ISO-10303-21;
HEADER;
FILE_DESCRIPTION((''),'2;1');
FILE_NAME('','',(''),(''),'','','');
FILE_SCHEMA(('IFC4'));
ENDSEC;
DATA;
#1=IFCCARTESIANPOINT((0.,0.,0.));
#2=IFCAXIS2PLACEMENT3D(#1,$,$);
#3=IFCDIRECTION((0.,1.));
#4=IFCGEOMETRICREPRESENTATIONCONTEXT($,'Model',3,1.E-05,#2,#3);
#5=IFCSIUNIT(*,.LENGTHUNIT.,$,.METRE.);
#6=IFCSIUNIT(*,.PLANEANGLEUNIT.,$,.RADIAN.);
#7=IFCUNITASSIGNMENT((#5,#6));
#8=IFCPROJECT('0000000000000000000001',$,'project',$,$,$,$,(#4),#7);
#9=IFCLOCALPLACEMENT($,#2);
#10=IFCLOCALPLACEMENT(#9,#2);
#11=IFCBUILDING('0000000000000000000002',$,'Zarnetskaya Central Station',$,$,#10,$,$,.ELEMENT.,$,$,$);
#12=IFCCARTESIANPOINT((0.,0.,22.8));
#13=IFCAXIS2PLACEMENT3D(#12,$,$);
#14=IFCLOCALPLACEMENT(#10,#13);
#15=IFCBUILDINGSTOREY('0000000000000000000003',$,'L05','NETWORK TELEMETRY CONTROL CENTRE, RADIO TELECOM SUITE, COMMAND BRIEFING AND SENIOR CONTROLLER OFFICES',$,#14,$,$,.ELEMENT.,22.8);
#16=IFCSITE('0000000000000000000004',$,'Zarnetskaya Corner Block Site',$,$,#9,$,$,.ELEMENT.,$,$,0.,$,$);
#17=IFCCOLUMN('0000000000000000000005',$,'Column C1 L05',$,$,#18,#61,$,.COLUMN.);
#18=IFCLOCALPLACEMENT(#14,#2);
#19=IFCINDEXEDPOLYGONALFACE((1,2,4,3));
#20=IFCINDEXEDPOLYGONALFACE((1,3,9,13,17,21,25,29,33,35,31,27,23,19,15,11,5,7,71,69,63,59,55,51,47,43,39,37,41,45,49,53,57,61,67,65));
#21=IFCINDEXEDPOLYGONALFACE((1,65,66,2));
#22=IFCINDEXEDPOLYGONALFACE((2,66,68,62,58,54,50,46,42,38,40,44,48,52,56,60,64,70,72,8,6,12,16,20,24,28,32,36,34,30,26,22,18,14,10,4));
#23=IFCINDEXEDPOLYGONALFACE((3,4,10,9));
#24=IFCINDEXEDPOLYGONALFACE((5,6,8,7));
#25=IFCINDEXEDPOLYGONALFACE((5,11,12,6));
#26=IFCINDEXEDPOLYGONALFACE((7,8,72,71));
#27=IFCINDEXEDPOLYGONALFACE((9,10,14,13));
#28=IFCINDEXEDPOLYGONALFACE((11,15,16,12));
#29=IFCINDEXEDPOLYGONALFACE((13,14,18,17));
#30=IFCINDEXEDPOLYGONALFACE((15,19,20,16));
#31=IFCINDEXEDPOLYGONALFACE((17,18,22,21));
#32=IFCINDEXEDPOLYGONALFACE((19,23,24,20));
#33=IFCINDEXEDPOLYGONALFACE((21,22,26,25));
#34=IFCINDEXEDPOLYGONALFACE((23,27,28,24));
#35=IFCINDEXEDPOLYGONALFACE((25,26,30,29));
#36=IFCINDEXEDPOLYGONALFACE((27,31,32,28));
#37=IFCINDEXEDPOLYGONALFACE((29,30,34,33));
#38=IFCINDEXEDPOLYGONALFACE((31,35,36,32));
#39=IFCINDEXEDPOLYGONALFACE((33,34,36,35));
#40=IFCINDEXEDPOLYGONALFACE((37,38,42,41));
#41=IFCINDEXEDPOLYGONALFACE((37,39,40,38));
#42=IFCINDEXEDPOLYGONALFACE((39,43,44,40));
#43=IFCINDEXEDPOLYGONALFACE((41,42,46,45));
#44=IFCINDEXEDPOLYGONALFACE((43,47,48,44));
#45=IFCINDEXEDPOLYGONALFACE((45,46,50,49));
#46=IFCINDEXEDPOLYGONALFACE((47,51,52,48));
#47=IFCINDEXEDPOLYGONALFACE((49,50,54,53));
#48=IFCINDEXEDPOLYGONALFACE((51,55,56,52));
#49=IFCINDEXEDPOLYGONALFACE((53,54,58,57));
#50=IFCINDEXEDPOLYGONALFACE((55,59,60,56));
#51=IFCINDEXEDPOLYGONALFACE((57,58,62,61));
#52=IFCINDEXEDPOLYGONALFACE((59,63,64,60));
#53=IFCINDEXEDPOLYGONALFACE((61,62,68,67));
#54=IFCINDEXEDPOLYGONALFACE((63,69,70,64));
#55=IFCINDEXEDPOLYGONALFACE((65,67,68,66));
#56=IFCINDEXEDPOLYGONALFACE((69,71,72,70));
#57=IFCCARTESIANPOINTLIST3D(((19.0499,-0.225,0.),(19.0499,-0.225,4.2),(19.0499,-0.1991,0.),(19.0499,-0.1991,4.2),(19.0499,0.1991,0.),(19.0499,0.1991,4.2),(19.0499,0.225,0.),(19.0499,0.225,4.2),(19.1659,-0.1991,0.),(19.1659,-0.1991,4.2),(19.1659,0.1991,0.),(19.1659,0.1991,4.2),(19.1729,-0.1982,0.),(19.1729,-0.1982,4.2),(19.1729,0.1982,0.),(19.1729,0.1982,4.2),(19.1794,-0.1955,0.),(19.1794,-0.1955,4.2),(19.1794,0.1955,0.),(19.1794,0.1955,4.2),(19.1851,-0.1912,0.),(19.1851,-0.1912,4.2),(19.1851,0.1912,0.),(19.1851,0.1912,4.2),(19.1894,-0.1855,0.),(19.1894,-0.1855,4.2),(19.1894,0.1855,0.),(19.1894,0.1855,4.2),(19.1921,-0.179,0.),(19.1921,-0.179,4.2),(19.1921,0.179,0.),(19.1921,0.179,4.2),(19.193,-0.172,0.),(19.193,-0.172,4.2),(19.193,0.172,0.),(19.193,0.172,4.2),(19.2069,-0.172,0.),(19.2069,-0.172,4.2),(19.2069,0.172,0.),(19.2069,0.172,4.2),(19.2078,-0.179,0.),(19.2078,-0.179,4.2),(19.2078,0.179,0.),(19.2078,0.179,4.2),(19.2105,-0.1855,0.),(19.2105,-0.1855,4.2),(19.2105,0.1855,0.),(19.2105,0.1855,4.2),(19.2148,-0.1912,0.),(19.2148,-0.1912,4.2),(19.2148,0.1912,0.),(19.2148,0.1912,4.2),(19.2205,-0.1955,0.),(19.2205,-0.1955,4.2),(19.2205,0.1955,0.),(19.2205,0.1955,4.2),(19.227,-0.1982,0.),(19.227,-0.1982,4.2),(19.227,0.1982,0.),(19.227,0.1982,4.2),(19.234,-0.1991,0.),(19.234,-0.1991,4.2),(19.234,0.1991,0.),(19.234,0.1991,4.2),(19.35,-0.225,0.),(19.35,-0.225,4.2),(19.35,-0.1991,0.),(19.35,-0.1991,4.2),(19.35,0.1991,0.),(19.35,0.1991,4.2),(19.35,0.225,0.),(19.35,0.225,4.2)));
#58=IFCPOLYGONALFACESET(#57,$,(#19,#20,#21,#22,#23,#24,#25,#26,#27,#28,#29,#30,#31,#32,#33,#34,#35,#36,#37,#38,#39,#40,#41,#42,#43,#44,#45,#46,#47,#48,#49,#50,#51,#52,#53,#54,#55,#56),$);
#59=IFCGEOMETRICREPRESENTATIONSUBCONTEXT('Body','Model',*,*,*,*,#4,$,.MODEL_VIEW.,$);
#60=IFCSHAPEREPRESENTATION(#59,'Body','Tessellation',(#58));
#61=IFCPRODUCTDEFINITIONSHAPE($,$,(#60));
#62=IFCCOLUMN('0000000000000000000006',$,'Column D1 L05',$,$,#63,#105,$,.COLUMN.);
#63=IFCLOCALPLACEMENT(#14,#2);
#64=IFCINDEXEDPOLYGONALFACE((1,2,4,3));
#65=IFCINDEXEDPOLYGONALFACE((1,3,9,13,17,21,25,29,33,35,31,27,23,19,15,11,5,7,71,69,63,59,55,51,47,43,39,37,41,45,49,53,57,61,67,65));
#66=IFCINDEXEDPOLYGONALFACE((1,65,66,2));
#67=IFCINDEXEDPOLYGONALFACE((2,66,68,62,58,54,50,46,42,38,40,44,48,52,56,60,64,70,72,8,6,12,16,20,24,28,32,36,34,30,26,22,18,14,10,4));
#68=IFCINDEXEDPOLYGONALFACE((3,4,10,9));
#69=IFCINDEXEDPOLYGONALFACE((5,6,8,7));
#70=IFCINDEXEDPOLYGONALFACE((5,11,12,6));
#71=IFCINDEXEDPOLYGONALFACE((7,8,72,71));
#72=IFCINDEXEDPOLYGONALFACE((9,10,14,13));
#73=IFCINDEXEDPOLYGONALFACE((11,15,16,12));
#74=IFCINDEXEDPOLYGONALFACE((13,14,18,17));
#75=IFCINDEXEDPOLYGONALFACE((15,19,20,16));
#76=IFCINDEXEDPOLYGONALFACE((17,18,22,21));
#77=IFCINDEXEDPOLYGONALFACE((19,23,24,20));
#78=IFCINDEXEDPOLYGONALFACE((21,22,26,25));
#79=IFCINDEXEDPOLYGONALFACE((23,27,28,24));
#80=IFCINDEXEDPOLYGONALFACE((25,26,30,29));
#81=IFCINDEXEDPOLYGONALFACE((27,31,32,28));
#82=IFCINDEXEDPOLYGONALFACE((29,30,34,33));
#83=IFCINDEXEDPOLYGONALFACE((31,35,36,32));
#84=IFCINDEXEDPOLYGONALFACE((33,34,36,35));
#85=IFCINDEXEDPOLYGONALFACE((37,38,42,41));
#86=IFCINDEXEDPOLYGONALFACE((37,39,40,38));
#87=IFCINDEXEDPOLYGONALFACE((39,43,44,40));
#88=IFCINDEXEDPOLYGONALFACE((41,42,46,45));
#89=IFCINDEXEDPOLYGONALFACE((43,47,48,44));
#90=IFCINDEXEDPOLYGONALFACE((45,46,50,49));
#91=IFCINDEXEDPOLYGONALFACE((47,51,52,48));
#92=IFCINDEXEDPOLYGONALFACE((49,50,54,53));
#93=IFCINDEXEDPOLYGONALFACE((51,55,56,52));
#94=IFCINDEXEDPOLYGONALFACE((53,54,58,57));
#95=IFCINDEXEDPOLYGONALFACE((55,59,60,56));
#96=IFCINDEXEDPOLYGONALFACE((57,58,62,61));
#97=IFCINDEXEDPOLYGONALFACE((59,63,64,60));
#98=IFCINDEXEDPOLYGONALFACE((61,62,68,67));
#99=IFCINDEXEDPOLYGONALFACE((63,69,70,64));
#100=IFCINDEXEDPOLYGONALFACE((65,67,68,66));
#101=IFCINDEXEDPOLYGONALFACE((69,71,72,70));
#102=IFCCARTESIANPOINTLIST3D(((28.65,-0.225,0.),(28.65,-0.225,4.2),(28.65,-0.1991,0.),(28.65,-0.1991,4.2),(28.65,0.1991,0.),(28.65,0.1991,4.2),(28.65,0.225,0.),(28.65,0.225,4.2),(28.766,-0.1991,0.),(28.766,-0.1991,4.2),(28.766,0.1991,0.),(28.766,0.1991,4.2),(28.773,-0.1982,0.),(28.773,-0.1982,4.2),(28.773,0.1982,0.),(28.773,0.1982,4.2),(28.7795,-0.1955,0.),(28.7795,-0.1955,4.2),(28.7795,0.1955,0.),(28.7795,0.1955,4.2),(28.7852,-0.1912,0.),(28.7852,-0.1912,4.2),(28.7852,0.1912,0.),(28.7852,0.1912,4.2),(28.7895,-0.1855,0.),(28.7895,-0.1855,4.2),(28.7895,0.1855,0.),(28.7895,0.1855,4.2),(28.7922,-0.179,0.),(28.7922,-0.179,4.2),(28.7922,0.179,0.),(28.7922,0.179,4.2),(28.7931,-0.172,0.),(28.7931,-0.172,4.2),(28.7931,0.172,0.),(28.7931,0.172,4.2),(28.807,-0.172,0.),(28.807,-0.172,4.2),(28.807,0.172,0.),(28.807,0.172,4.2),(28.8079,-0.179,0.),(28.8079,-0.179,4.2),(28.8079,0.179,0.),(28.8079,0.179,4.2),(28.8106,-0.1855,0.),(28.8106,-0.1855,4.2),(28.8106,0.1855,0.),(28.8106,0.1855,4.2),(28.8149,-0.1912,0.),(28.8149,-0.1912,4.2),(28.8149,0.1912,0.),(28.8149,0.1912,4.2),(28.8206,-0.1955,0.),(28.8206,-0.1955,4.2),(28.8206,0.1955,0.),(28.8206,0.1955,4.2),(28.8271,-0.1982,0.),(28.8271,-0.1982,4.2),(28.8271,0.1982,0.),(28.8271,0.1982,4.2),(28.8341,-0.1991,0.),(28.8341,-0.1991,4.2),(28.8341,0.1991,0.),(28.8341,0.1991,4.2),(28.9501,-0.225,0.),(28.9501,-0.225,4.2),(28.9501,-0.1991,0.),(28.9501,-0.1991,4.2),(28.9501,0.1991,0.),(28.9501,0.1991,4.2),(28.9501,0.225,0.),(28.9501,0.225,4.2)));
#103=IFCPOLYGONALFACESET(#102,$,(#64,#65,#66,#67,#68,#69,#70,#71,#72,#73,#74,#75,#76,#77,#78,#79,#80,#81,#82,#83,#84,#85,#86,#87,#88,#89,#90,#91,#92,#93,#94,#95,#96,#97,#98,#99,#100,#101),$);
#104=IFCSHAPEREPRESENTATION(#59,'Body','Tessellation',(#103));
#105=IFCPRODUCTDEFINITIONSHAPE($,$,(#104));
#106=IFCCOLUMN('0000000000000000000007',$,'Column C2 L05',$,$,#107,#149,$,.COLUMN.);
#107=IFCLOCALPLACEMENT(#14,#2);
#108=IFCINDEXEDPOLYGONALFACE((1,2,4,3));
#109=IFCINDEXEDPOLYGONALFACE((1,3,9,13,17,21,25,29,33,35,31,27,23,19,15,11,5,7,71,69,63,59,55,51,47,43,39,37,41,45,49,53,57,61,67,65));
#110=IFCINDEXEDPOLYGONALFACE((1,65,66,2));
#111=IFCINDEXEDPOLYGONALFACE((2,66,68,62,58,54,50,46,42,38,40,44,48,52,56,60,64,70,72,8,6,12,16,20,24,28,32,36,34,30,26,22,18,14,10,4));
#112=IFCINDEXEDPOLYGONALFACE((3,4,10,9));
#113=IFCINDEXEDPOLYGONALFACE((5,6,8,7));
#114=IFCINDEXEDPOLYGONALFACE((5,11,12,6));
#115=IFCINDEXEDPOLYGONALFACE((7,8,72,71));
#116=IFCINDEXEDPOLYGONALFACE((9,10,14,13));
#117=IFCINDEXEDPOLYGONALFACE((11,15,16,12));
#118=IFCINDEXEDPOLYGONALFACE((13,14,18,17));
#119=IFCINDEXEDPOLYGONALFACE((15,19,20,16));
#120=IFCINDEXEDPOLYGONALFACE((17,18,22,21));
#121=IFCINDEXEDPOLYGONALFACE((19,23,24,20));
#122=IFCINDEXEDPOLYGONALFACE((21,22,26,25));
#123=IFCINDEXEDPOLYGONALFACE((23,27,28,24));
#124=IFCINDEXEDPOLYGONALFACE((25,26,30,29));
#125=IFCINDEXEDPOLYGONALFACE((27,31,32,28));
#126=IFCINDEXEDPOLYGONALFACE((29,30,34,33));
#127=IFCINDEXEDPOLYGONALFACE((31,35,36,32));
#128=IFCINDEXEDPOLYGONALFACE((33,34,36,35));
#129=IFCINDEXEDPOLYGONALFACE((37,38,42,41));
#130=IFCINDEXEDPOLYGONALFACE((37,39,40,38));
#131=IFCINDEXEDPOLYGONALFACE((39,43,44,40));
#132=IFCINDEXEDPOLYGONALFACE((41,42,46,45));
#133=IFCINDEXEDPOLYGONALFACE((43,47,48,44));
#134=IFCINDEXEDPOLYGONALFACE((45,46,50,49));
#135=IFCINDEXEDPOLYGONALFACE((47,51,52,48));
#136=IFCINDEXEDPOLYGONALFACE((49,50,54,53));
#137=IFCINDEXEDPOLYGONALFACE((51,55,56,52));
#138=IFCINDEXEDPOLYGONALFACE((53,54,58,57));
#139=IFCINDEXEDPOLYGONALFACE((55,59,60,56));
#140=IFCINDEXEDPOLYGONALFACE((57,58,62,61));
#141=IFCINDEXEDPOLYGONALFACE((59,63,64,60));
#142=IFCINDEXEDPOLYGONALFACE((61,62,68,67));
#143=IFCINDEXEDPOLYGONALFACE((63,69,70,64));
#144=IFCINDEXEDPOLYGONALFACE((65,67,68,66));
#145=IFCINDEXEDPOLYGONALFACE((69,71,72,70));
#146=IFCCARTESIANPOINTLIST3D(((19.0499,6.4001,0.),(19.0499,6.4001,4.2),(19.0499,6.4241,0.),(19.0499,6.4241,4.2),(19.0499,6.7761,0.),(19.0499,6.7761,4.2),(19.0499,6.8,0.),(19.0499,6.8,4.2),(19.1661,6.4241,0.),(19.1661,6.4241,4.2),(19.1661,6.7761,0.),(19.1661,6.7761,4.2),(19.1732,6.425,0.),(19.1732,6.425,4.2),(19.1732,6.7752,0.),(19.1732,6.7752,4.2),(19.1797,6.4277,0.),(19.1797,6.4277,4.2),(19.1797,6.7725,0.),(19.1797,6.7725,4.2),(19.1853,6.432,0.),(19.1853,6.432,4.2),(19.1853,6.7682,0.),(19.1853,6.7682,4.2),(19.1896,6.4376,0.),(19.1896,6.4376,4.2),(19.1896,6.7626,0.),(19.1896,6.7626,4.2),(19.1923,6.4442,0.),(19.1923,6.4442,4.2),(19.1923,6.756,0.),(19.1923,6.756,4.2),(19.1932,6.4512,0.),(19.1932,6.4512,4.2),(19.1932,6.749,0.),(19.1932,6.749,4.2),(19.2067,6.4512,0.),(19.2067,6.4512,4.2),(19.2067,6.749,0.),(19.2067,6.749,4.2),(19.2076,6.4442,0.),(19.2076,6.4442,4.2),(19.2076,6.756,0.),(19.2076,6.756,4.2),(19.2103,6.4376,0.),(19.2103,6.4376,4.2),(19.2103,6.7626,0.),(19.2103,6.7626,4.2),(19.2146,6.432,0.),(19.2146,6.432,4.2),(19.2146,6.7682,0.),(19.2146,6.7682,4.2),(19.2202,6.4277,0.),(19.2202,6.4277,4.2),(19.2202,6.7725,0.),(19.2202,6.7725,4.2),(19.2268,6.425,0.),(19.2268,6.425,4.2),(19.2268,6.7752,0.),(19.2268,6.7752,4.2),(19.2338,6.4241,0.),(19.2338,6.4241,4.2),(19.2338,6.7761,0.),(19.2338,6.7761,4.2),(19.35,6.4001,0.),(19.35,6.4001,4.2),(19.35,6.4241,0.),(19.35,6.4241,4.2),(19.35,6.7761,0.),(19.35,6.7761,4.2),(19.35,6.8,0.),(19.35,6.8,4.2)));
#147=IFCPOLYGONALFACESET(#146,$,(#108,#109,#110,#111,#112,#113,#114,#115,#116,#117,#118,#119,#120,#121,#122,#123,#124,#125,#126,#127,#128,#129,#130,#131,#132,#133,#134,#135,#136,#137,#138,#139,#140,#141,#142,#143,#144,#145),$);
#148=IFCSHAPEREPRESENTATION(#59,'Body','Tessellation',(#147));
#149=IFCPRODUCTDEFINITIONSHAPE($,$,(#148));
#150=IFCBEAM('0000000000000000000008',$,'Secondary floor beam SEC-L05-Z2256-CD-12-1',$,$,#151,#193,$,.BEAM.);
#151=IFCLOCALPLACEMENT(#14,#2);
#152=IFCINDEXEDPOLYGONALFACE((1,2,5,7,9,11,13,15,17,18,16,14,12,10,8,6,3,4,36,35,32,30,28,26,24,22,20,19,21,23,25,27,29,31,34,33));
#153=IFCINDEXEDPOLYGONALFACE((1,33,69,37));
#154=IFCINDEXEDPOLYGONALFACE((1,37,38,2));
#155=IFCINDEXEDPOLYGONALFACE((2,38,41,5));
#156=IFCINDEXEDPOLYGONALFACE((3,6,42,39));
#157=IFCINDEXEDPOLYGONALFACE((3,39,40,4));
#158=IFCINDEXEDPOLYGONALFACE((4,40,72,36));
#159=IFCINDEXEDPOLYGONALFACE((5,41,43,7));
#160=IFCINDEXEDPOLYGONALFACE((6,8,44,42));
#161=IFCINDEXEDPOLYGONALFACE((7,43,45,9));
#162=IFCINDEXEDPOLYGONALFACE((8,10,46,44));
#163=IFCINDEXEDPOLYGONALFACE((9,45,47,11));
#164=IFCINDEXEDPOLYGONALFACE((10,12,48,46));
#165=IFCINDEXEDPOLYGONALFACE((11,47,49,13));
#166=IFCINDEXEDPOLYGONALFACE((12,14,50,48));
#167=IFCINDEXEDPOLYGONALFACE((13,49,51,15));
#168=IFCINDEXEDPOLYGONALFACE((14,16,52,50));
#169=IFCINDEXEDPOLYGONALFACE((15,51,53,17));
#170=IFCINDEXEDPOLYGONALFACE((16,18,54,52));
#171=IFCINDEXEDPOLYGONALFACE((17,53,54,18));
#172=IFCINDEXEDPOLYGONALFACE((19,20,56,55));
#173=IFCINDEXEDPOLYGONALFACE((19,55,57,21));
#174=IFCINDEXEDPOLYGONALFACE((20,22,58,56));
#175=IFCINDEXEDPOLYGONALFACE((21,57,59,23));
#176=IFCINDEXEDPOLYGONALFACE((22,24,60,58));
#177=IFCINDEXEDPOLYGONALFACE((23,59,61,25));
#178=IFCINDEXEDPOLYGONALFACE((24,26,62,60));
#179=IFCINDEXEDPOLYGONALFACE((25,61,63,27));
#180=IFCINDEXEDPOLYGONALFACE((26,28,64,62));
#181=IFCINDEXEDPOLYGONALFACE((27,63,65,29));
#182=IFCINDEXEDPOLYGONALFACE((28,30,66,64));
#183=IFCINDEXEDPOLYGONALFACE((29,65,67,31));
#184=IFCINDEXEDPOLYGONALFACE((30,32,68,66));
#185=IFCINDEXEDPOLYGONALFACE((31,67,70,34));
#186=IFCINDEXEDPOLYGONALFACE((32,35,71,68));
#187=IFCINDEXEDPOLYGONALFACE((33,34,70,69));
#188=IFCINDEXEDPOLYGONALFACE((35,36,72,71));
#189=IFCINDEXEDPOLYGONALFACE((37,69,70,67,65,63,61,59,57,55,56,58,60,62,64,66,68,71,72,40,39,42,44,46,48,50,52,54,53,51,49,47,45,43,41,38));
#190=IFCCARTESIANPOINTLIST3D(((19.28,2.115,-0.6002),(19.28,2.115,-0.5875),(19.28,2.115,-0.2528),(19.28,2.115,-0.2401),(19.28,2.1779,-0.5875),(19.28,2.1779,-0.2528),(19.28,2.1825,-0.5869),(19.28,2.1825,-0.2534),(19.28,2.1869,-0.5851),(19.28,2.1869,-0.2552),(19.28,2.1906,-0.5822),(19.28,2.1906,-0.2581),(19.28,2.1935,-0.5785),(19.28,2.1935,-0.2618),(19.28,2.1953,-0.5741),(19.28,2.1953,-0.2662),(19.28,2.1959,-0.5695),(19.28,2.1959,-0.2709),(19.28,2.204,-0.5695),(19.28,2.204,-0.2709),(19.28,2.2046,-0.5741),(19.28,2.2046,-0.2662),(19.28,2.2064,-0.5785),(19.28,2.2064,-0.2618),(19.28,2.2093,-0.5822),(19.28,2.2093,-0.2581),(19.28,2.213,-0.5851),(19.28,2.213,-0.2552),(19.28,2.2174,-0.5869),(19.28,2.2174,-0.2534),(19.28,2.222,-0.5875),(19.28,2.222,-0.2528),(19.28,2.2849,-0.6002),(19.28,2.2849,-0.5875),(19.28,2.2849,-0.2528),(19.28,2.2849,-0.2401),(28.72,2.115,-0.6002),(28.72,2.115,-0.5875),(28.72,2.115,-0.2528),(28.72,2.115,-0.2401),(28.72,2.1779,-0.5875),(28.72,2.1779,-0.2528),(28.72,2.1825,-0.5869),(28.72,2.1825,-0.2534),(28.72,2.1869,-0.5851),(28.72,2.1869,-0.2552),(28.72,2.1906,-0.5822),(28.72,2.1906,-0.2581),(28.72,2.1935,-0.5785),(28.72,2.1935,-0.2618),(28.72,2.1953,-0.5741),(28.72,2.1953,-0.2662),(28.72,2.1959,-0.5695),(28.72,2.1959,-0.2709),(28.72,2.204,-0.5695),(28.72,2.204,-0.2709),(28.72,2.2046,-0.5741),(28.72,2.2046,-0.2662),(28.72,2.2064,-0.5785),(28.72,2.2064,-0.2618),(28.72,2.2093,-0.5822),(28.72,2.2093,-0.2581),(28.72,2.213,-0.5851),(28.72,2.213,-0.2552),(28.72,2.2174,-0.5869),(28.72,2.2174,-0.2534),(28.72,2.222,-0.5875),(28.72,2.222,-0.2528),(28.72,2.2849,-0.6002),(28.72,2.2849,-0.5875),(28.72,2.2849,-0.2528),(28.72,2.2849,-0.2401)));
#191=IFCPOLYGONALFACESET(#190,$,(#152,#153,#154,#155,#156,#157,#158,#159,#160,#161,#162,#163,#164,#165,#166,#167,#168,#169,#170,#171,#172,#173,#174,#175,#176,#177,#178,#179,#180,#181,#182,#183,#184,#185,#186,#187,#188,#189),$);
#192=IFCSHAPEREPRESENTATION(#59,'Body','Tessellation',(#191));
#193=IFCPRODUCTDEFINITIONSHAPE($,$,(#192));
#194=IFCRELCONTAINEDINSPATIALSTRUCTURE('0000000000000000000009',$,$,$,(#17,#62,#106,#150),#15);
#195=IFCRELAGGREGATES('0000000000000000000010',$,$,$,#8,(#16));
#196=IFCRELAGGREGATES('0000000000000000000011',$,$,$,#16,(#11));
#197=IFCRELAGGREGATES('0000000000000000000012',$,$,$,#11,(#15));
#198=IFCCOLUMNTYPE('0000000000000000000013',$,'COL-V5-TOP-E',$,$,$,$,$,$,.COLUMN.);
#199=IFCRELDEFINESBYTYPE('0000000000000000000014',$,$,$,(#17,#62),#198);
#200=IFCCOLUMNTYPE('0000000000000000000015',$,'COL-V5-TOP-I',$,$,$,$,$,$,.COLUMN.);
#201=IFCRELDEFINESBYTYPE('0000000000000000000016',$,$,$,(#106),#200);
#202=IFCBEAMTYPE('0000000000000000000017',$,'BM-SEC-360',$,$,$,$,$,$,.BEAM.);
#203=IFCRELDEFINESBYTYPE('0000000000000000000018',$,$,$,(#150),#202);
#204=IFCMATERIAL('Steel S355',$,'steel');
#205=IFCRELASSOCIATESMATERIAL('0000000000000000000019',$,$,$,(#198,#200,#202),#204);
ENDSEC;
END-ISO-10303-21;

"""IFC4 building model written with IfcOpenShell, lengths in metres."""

from ifc_helpers import new_model, si_unit, direction, frame, origin, origin_2d, place, context, subcontext, project, spatial, i_section, extrude, material, material_profile, profile_set, type_object, element, save


model = new_model("IFC4")

# Units and contexts
model_context = context("Model", 3, precision=1e-05, world=origin(), true_north=direction((0.0, 1.0)))
body_context = subcontext(model_context, "Body", "Model", "MODEL_VIEW")
ifc_project = project(units=[si_unit("LENGTHUNIT", "METRE"), si_unit("PLANEANGLEUNIT", "RADIAN")], contexts=[model_context])

# Site, building, storey
site_placement = place(None, origin())
site = spatial("IfcSite", under=ifc_project, at=site_placement, Name="Zarnetskaya Corner Block Site", CompositionType="ELEMENT", RefElevation=0.0)
building_placement = place(site_placement, origin())
building = spatial("IfcBuilding", under=site, at=building_placement, Name="Zarnetskaya Central Station", CompositionType="ELEMENT")
storey_placement = place(building_placement, frame((0.0, 0.0, 22.8)))
storey = spatial("IfcBuildingStorey", under=building, at=storey_placement, Name="L05", Description="NETWORK TELEMETRY CONTROL CENTRE, RADIO TELECOM SUITE, COMMAND BRIEFING AND SENIOR CONTROLLER OFFICES", CompositionType="ELEMENT", Elevation=22.8)

# Columns
ifc_material_1 = material(Name="Steel S355", Category="steel")
ifc_material_profile_1 = material_profile(ifc_material_1, i_section(OverallWidth=0.3, OverallDepth=0.45, WebThickness=0.0139, FlangeThickness=0.0259, FilletRadius=0.0271, at=origin_2d()), Name="HEB 450")
ifc_profile_set_1 = profile_set([ifc_material_profile_1], Name="Steel S355")
column_type_1 = type_object("IfcColumnType", Name="COL-V5-TOP-E", PredefinedType="COLUMN", material=ifc_profile_set_1)
for number, where, z_axis, x_axis, name in (
    (1, (19.2, 0.0, 0.0), (0.0, 0.0, 1.0), (1.0, 0.0, 0.0), "Column C1 L05"),
    (2, (28.8, 0.0, 0.0), (0.0, 0.0, 1.0), (1.0, 0.0, 0.0), "Column D1 L05"),
):
    element("IfcColumn", number, at=place(storey_placement, frame(where, z_axis=z_axis, x_axis=x_axis)), inside=storey, type_object=column_type_1, Name=name, PredefinedType="COLUMN", context=body_context, shape_type="SweptSolid", body=[
        extrude(i_section(OverallWidth=0.3, OverallDepth=0.45, WebThickness=0.0139, FlangeThickness=0.0259, FilletRadius=0.0271, at=origin_2d()), origin(), (0.0, 0.0, 1.0), 4.2),
    ])
ifc_material_profile_2 = material_profile(ifc_material_1, i_section(OverallWidth=0.3, OverallDepth=0.3999, WebThickness=0.0134, FlangeThickness=0.0239, FilletRadius=0.0271, at=origin_2d()), Name="HEB 400")
ifc_profile_set_2 = profile_set([ifc_material_profile_2], Name="Steel S355")
column_type_2 = type_object("IfcColumnType", Name="COL-V5-TOP-I", PredefinedType="COLUMN", material=ifc_profile_set_2)
column_placement = place(storey_placement, frame((19.2, 6.6001, 0.0), z_axis=(0.0, 0.0, 1.0), x_axis=(1.0, 0.0, 0.0)))
element("IfcColumn", 3, at=column_placement, inside=storey, type_object=column_type_2, Name="Column C2 L05", PredefinedType="COLUMN", context=body_context, shape_type="SweptSolid", body=[
    extrude(i_section(OverallWidth=0.3, OverallDepth=0.3999, WebThickness=0.0134, FlangeThickness=0.0239, FilletRadius=0.0271, at=origin_2d()), origin(), (0.0, 0.0, 1.0), 4.2),
])

# Beam
ifc_material_profile_3 = material_profile(ifc_material_1, i_section(OverallWidth=0.1699, OverallDepth=0.3601, WebThickness=0.0081, FlangeThickness=0.0127, FilletRadius=0.0181, at=origin_2d()), Name="IPE 360")
ifc_profile_set_3 = profile_set([ifc_material_profile_3], Name="Steel S355")
beam_type_1 = type_object("IfcBeamType", Name="BM-SEC-360", PredefinedType="BEAM", material=ifc_profile_set_3)
for number, where, z_axis, x_axis, name in (
    (4, (19.28, 2.2, -0.4202), (1.0, 0.0, 0.0), (0.0, 1.0, 0.0), "Secondary floor beam SEC-L05-Z2256-CD-12-1"),
):
    element("IfcBeam", number, at=place(storey_placement, frame(where, z_axis=z_axis, x_axis=x_axis)), inside=storey, type_object=beam_type_1, Name=name, PredefinedType="BEAM", context=body_context, shape_type="SweptSolid", body=[
        extrude(i_section(OverallWidth=0.1699, OverallDepth=0.3601, WebThickness=0.0081, FlangeThickness=0.0127, FilletRadius=0.0181, at=origin_2d()), origin(), (0.0, 0.0, 1.0), 9.4399),
    ])

save(model, "model.ifc")
